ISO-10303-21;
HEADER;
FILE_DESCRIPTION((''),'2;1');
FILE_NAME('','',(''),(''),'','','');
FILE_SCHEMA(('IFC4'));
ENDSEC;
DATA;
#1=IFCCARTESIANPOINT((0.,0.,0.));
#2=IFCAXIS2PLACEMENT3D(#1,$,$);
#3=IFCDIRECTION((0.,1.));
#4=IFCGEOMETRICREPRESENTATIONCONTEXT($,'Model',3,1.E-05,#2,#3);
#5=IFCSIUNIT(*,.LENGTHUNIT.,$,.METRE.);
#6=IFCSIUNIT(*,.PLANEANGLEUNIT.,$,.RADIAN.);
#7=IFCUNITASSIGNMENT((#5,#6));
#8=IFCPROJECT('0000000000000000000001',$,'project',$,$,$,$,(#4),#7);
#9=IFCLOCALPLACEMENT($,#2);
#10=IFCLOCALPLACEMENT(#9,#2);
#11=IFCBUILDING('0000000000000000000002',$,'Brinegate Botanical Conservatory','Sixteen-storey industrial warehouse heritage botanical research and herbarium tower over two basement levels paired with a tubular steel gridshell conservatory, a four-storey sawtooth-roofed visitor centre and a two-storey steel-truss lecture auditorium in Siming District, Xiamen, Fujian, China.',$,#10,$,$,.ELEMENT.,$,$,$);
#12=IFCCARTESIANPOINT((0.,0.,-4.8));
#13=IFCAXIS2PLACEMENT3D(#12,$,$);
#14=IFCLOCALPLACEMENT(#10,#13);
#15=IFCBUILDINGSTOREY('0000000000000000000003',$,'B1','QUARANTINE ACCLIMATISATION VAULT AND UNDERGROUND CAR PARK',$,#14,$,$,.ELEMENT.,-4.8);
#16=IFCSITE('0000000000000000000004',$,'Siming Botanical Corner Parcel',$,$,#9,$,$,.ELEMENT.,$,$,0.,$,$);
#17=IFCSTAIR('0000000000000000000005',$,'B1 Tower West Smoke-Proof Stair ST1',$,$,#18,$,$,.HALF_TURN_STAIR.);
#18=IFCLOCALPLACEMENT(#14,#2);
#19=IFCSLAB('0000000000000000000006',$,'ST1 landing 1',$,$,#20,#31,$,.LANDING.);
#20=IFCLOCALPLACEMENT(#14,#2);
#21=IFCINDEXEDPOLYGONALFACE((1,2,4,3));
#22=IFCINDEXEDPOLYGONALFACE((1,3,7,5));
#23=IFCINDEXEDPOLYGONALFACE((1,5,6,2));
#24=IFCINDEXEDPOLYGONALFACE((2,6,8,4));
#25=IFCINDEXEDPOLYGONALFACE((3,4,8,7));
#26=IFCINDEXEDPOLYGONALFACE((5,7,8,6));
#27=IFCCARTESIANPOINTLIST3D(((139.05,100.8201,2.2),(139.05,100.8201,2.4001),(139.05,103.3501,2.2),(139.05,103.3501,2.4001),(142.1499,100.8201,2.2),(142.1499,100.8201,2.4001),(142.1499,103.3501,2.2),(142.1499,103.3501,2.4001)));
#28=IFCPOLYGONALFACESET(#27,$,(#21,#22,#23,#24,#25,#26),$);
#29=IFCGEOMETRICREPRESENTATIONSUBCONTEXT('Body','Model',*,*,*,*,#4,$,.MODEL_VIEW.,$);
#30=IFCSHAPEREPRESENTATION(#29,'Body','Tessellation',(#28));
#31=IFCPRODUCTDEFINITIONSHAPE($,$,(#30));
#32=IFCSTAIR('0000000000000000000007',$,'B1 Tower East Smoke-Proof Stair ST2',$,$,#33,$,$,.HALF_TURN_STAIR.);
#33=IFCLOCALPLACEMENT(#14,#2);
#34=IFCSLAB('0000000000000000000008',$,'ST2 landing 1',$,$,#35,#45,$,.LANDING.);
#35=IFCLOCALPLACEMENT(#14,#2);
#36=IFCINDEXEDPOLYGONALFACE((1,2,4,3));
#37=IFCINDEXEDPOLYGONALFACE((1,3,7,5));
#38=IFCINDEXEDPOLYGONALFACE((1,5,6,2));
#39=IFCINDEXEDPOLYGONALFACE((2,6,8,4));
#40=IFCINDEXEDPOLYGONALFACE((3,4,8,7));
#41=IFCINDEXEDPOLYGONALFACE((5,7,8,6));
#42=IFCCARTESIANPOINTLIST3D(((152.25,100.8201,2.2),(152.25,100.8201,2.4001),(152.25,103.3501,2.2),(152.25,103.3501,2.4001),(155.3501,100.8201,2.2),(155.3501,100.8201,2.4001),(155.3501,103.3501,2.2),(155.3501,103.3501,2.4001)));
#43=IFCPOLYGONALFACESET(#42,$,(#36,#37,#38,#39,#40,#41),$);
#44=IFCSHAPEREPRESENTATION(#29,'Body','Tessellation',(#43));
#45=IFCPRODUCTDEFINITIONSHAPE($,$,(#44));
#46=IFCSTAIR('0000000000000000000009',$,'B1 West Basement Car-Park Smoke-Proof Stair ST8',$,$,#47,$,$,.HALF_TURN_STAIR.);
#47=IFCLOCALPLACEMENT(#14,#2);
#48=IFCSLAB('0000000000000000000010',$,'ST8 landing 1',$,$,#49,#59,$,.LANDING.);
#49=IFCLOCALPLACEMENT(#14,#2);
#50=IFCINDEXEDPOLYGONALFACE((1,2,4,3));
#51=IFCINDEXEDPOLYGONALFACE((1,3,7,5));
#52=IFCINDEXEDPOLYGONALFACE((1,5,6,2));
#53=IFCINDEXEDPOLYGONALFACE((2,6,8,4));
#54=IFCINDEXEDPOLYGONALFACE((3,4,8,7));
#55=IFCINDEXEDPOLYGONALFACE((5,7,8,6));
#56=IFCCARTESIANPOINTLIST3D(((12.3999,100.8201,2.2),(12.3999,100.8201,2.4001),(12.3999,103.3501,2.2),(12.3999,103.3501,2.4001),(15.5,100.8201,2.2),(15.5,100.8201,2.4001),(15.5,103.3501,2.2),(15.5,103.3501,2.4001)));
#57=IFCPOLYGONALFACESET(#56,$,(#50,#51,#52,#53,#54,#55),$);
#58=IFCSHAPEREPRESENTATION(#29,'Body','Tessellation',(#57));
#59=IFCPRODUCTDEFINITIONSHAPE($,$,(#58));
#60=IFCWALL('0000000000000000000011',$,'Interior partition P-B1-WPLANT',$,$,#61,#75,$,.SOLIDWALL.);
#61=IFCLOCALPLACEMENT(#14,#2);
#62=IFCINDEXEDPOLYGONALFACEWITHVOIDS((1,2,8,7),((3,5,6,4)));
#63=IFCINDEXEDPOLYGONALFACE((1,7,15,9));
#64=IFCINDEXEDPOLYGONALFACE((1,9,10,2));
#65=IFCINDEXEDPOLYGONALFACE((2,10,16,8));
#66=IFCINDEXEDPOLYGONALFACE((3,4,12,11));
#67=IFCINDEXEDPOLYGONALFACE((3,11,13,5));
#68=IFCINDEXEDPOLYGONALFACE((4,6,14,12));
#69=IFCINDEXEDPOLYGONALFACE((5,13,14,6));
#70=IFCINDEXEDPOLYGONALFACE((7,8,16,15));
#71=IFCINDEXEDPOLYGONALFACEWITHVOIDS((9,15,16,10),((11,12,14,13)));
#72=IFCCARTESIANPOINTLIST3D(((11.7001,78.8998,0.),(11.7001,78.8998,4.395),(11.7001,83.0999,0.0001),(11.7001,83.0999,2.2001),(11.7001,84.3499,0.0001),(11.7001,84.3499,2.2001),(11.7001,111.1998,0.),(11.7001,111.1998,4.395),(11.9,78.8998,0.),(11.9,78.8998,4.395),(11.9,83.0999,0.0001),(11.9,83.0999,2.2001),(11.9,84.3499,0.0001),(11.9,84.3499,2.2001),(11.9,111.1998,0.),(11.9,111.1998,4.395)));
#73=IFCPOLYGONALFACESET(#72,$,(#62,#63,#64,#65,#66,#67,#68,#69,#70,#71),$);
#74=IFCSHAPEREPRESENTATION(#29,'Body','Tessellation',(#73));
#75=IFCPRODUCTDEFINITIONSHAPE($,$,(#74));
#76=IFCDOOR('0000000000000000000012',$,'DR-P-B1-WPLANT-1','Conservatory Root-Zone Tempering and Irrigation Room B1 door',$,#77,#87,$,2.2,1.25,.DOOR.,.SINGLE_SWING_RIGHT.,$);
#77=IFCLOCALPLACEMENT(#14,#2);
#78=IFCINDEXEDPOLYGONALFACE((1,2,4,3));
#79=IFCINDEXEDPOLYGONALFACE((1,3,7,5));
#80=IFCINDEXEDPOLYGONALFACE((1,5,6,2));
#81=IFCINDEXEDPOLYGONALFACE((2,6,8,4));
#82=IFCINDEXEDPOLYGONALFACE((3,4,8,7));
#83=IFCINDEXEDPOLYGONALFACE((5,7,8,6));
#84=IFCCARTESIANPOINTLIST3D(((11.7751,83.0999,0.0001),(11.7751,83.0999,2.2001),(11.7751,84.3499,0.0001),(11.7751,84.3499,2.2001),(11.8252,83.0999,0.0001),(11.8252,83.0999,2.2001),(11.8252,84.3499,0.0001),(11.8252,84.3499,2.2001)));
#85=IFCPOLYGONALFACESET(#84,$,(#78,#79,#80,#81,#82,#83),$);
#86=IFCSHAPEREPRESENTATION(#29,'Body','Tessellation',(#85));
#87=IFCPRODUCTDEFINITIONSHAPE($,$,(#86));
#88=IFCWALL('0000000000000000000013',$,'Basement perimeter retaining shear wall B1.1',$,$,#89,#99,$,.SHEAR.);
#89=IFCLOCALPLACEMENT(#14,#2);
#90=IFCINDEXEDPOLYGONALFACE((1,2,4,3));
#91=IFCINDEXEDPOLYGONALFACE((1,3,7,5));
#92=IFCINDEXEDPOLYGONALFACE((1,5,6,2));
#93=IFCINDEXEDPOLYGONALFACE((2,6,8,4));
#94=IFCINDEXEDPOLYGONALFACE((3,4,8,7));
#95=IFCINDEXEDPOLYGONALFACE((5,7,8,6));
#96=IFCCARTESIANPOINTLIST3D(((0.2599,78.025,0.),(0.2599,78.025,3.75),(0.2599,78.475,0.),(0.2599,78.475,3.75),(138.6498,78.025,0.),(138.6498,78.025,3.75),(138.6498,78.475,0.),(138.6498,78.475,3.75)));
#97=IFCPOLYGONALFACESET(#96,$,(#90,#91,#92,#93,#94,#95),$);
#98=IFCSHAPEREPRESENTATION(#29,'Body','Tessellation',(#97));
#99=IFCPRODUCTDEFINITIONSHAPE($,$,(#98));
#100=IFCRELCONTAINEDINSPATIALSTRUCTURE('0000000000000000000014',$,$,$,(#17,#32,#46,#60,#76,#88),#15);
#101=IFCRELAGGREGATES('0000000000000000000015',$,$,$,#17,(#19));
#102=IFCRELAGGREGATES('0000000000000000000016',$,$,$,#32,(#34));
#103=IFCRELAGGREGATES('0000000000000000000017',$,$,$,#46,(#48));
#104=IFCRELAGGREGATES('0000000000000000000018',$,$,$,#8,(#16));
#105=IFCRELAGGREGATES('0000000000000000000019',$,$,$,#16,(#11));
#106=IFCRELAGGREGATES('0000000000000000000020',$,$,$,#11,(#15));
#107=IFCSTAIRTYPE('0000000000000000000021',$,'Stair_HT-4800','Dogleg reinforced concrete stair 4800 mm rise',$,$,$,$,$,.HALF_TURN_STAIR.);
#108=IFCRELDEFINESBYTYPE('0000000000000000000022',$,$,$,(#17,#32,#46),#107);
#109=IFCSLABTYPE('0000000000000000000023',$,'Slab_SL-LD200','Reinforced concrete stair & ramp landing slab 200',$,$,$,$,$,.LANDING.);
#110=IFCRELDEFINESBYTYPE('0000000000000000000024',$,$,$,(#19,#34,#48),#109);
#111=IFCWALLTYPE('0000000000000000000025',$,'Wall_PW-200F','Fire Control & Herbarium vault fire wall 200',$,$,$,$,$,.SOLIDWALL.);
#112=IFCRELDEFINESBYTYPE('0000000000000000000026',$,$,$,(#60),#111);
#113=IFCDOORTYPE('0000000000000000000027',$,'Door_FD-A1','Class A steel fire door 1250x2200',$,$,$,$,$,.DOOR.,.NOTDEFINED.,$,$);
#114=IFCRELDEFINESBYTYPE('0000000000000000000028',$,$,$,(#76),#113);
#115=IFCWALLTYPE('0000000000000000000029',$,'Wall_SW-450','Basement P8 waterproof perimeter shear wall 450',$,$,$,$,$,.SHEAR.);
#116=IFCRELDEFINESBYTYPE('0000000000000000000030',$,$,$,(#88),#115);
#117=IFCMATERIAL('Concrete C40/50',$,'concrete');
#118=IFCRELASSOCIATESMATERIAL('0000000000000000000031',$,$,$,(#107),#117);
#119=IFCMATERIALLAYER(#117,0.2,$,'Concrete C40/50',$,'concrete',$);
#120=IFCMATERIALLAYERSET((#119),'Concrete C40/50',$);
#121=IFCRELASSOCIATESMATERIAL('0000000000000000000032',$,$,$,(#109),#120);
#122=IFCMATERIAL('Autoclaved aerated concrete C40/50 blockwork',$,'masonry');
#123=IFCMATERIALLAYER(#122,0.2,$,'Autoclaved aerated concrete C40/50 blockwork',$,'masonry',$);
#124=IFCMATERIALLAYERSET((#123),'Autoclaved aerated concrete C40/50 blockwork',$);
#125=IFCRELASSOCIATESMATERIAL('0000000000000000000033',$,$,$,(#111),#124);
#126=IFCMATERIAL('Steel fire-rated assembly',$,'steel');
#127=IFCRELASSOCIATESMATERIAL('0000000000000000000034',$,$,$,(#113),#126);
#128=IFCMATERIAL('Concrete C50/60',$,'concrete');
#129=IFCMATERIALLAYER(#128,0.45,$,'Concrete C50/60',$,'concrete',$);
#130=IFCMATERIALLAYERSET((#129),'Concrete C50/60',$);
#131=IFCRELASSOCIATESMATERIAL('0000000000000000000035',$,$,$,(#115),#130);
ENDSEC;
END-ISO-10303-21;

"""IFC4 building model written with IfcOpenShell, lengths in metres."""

from ifc_helpers import new_model, si_unit, direction, frame, frame_2d, origin, place, context, subcontext, project, spatial, polyline, rectangle, outline, extrude, material, layer, layer_set, type_object, element, fill, aggregate, save


model = new_model("IFC4")

# Units and contexts
model_context = context("Model", 3, precision=1e-05, world=origin(), true_north=direction((0.0, 1.0)))
body_context = subcontext(model_context, "Body", "Model", "MODEL_VIEW")
ifc_project = project(units=[si_unit("LENGTHUNIT", "METRE"), si_unit("PLANEANGLEUNIT", "RADIAN")], contexts=[model_context])

# Site, building, storey
site_placement = place(None, origin())
site = spatial("IfcSite", under=ifc_project, at=site_placement, Name="Siming Botanical Corner Parcel", CompositionType="ELEMENT", RefElevation=0.0)
building_placement = place(site_placement, origin())
building = spatial("IfcBuilding", under=site, at=building_placement, Name="Brinegate Botanical Conservatory", Description="Sixteen-storey industrial warehouse heritage botanical research and herbarium tower over two basement levels paired with a tubular steel gridshell conservatory, a four-storey sawtooth-roofed visitor centre and a two-storey steel-truss lecture auditorium in Siming District, Xiamen, Fujian, China.", CompositionType="ELEMENT")
storey_placement = place(building_placement, frame((0.0, 0.0, -4.8)))
storey = spatial("IfcBuildingStorey", under=building, at=storey_placement, Name="B1", Description="QUARANTINE ACCLIMATISATION VAULT AND UNDERGROUND CAR PARK", CompositionType="ELEMENT", Elevation=-4.8)

# Shared definitions
ifc_material_1 = material(Name="Concrete C40/50", Category="concrete")
ifc_material_2 = material(Name="Concrete C50/60", Category="concrete")

# Stairs, slabs
stair_type = type_object("IfcStairType", Name="Stair_HT-4800", Description="Dogleg reinforced concrete stair 4800 mm rise", PredefinedType="HALF_TURN_STAIR", material=ifc_material_1)
stair_1_placement = place(storey_placement, origin())
stair_1 = element("IfcStair", 1, at=stair_1_placement, inside=storey, type_object=stair_type, Name="B1 Tower West Smoke-Proof Stair ST1", PredefinedType="HALF_TURN_STAIR")
ifc_layer_1 = layer(ifc_material_1, 0.2, Name="Concrete C40/50", Category="concrete")
ifc_layer_set_1 = layer_set([ifc_layer_1], Name="Concrete C40/50")
slab_type_1 = type_object("IfcSlabType", Name="Slab_SL-LD200", Description="Reinforced concrete stair & ramp landing slab 200", PredefinedType="LANDING", material=ifc_layer_set_1)
slab_1_placement = place(storey_placement, frame((0.0, 0.0, 2.2)))
slab_1 = element("IfcSlab", 2, at=slab_1_placement, type_object=slab_type_1, Name="ST1 landing 1", PredefinedType="LANDING", context=body_context, shape_type="SweptSolid", body=[
    extrude(outline(polyline([(142.1499, 100.8201), (142.1499, 103.3501), (139.05, 103.3501), (139.05, 100.8201), (142.1499, 100.8201)])), origin(), (0.0, 0.0, 1.0), 0.2002),
])
aggregate(stair_1, [slab_1])
stair_2_placement = place(storey_placement, origin())
stair_2 = element("IfcStair", 3, at=stair_2_placement, inside=storey, type_object=stair_type, Name="B1 Tower East Smoke-Proof Stair ST2", PredefinedType="HALF_TURN_STAIR")
slab_2_placement = place(storey_placement, frame((0.0, 0.0, 2.2)))
slab_2 = element("IfcSlab", 4, at=slab_2_placement, type_object=slab_type_1, Name="ST2 landing 1", PredefinedType="LANDING", context=body_context, shape_type="SweptSolid", body=[
    extrude(outline(polyline([(155.3501, 100.8201), (155.3501, 103.3501), (152.25, 103.3501), (152.25, 100.8201), (155.3501, 100.8201)])), origin(), (0.0, 0.0, 1.0), 0.2002),
])
aggregate(stair_2, [slab_2])
stair_3_placement = place(storey_placement, origin())
stair_3 = element("IfcStair", 5, at=stair_3_placement, inside=storey, type_object=stair_type, Name="B1 West Basement Car-Park Smoke-Proof Stair ST8", PredefinedType="HALF_TURN_STAIR")
slab_3_placement = place(storey_placement, frame((0.0, 0.0, 2.2)))
slab_3 = element("IfcSlab", 6, at=slab_3_placement, type_object=slab_type_1, Name="ST8 landing 1", PredefinedType="LANDING", context=body_context, shape_type="SweptSolid", body=[
    extrude(outline(polyline([(15.5, 100.8201), (15.5, 103.3501), (12.3999, 103.3501), (12.3999, 100.8201), (15.5, 100.8201)])), origin(), (0.0, 0.0, 1.0), 0.2002),
])
aggregate(stair_3, [slab_3])

# Wall, opening, door
ifc_material_3 = material(Name="Autoclaved aerated concrete C40/50 blockwork", Category="masonry")
ifc_layer_2 = layer(ifc_material_3, 0.2, Name="Autoclaved aerated concrete C40/50 blockwork", Category="masonry")
ifc_layer_set_2 = layer_set([ifc_layer_2], Name="Autoclaved aerated concrete C40/50 blockwork")
wall_type_1 = type_object("IfcWallType", Name="Wall_PW-200F", Description="Fire Control & Herbarium vault fire wall 200", PredefinedType="SOLIDWALL", material=ifc_layer_set_2)
wall_1_placement = place(storey_placement, frame((11.8, 78.8999, 0.0), z_axis=(0.0, 0.0, 1.0), x_axis=(0.0, 1.0, 0.0)))
wall_1 = element("IfcWall", 7, at=wall_1_placement, inside=storey, type_object=wall_type_1, Name="Interior partition P-B1-WPLANT", PredefinedType="SOLIDWALL", context=body_context, shape_type="SweptSolid", body=[
    extrude(rectangle(XDim=32.3, YDim=0.2, at=frame_2d((16.1499, 0.0))), origin(), (0.0, 0.0, 1.0), 4.395),
])
opening_placement = place(wall_1_placement, frame((4.2, 0.0, 0.0)))
opening = element("IfcOpeningElement", 8, at=opening_placement, cuts=wall_1, PredefinedType="OPENING", context=body_context, shape_type="SweptSolid", body=[
    extrude(rectangle(XDim=1.25, YDim=2.2, at=frame_2d((0.625, 1.1001))), frame((0.0, 0.1099, 0.0), z_axis=(0.0, -1.0, 0.0), x_axis=(1.0, 0.0, 0.0)), (0.0, 0.0, 1.0), 0.22),
])
ifc_material_4 = material(Name="Steel fire-rated assembly", Category="steel")
door_type = type_object("IfcDoorType", Name="Door_FD-A1", Description="Class A steel fire door 1250x2200", OperationType="NOTDEFINED", PredefinedType="DOOR", material=ifc_material_4)
door_placement = place(opening_placement, origin())
door = element("IfcDoor", 9, at=door_placement, inside=storey, type_object=door_type, Name="DR-P-B1-WPLANT-1", Description="Conservatory Root-Zone Tempering and Irrigation Room B1 door", OperationType="SINGLE_SWING_RIGHT", OverallHeight=2.2, OverallWidth=1.25, PredefinedType="DOOR", context=body_context, shape_type="SweptSolid", body=[
    extrude(rectangle(XDim=1.25, YDim=2.2, at=frame_2d((0.625, 1.1001))), frame((0.0, 0.0249, 0.0), z_axis=(0.0, -1.0, 0.0), x_axis=(1.0, 0.0, 0.0)), (0.0, 0.0, 1.0), 0.05),
])
fill(opening, door)

# Wall
ifc_layer_3 = layer(ifc_material_2, 0.45, Name="Concrete C50/60", Category="concrete")
ifc_layer_set_3 = layer_set([ifc_layer_3], Name="Concrete C50/60")
wall_type_2 = type_object("IfcWallType", Name="Wall_SW-450", Description="Basement P8 waterproof perimeter shear wall 450", PredefinedType="SHEAR", material=ifc_layer_set_3)
wall_2_placement = place(storey_placement, frame((0.26, 78.25, 0.0), z_axis=(0.0, 0.0, 1.0), x_axis=(1.0, 0.0, 0.0)))
element("IfcWall", 10, at=wall_2_placement, inside=storey, type_object=wall_type_2, Name="Basement perimeter retaining shear wall B1.1", PredefinedType="SHEAR", context=body_context, shape_type="SweptSolid", body=[
    extrude(rectangle(XDim=138.3899, YDim=0.45, at=frame_2d((69.1948, 0.0))), origin(), (0.0, 0.0, 1.0), 3.75),
])

save(model, "model.ifc")
